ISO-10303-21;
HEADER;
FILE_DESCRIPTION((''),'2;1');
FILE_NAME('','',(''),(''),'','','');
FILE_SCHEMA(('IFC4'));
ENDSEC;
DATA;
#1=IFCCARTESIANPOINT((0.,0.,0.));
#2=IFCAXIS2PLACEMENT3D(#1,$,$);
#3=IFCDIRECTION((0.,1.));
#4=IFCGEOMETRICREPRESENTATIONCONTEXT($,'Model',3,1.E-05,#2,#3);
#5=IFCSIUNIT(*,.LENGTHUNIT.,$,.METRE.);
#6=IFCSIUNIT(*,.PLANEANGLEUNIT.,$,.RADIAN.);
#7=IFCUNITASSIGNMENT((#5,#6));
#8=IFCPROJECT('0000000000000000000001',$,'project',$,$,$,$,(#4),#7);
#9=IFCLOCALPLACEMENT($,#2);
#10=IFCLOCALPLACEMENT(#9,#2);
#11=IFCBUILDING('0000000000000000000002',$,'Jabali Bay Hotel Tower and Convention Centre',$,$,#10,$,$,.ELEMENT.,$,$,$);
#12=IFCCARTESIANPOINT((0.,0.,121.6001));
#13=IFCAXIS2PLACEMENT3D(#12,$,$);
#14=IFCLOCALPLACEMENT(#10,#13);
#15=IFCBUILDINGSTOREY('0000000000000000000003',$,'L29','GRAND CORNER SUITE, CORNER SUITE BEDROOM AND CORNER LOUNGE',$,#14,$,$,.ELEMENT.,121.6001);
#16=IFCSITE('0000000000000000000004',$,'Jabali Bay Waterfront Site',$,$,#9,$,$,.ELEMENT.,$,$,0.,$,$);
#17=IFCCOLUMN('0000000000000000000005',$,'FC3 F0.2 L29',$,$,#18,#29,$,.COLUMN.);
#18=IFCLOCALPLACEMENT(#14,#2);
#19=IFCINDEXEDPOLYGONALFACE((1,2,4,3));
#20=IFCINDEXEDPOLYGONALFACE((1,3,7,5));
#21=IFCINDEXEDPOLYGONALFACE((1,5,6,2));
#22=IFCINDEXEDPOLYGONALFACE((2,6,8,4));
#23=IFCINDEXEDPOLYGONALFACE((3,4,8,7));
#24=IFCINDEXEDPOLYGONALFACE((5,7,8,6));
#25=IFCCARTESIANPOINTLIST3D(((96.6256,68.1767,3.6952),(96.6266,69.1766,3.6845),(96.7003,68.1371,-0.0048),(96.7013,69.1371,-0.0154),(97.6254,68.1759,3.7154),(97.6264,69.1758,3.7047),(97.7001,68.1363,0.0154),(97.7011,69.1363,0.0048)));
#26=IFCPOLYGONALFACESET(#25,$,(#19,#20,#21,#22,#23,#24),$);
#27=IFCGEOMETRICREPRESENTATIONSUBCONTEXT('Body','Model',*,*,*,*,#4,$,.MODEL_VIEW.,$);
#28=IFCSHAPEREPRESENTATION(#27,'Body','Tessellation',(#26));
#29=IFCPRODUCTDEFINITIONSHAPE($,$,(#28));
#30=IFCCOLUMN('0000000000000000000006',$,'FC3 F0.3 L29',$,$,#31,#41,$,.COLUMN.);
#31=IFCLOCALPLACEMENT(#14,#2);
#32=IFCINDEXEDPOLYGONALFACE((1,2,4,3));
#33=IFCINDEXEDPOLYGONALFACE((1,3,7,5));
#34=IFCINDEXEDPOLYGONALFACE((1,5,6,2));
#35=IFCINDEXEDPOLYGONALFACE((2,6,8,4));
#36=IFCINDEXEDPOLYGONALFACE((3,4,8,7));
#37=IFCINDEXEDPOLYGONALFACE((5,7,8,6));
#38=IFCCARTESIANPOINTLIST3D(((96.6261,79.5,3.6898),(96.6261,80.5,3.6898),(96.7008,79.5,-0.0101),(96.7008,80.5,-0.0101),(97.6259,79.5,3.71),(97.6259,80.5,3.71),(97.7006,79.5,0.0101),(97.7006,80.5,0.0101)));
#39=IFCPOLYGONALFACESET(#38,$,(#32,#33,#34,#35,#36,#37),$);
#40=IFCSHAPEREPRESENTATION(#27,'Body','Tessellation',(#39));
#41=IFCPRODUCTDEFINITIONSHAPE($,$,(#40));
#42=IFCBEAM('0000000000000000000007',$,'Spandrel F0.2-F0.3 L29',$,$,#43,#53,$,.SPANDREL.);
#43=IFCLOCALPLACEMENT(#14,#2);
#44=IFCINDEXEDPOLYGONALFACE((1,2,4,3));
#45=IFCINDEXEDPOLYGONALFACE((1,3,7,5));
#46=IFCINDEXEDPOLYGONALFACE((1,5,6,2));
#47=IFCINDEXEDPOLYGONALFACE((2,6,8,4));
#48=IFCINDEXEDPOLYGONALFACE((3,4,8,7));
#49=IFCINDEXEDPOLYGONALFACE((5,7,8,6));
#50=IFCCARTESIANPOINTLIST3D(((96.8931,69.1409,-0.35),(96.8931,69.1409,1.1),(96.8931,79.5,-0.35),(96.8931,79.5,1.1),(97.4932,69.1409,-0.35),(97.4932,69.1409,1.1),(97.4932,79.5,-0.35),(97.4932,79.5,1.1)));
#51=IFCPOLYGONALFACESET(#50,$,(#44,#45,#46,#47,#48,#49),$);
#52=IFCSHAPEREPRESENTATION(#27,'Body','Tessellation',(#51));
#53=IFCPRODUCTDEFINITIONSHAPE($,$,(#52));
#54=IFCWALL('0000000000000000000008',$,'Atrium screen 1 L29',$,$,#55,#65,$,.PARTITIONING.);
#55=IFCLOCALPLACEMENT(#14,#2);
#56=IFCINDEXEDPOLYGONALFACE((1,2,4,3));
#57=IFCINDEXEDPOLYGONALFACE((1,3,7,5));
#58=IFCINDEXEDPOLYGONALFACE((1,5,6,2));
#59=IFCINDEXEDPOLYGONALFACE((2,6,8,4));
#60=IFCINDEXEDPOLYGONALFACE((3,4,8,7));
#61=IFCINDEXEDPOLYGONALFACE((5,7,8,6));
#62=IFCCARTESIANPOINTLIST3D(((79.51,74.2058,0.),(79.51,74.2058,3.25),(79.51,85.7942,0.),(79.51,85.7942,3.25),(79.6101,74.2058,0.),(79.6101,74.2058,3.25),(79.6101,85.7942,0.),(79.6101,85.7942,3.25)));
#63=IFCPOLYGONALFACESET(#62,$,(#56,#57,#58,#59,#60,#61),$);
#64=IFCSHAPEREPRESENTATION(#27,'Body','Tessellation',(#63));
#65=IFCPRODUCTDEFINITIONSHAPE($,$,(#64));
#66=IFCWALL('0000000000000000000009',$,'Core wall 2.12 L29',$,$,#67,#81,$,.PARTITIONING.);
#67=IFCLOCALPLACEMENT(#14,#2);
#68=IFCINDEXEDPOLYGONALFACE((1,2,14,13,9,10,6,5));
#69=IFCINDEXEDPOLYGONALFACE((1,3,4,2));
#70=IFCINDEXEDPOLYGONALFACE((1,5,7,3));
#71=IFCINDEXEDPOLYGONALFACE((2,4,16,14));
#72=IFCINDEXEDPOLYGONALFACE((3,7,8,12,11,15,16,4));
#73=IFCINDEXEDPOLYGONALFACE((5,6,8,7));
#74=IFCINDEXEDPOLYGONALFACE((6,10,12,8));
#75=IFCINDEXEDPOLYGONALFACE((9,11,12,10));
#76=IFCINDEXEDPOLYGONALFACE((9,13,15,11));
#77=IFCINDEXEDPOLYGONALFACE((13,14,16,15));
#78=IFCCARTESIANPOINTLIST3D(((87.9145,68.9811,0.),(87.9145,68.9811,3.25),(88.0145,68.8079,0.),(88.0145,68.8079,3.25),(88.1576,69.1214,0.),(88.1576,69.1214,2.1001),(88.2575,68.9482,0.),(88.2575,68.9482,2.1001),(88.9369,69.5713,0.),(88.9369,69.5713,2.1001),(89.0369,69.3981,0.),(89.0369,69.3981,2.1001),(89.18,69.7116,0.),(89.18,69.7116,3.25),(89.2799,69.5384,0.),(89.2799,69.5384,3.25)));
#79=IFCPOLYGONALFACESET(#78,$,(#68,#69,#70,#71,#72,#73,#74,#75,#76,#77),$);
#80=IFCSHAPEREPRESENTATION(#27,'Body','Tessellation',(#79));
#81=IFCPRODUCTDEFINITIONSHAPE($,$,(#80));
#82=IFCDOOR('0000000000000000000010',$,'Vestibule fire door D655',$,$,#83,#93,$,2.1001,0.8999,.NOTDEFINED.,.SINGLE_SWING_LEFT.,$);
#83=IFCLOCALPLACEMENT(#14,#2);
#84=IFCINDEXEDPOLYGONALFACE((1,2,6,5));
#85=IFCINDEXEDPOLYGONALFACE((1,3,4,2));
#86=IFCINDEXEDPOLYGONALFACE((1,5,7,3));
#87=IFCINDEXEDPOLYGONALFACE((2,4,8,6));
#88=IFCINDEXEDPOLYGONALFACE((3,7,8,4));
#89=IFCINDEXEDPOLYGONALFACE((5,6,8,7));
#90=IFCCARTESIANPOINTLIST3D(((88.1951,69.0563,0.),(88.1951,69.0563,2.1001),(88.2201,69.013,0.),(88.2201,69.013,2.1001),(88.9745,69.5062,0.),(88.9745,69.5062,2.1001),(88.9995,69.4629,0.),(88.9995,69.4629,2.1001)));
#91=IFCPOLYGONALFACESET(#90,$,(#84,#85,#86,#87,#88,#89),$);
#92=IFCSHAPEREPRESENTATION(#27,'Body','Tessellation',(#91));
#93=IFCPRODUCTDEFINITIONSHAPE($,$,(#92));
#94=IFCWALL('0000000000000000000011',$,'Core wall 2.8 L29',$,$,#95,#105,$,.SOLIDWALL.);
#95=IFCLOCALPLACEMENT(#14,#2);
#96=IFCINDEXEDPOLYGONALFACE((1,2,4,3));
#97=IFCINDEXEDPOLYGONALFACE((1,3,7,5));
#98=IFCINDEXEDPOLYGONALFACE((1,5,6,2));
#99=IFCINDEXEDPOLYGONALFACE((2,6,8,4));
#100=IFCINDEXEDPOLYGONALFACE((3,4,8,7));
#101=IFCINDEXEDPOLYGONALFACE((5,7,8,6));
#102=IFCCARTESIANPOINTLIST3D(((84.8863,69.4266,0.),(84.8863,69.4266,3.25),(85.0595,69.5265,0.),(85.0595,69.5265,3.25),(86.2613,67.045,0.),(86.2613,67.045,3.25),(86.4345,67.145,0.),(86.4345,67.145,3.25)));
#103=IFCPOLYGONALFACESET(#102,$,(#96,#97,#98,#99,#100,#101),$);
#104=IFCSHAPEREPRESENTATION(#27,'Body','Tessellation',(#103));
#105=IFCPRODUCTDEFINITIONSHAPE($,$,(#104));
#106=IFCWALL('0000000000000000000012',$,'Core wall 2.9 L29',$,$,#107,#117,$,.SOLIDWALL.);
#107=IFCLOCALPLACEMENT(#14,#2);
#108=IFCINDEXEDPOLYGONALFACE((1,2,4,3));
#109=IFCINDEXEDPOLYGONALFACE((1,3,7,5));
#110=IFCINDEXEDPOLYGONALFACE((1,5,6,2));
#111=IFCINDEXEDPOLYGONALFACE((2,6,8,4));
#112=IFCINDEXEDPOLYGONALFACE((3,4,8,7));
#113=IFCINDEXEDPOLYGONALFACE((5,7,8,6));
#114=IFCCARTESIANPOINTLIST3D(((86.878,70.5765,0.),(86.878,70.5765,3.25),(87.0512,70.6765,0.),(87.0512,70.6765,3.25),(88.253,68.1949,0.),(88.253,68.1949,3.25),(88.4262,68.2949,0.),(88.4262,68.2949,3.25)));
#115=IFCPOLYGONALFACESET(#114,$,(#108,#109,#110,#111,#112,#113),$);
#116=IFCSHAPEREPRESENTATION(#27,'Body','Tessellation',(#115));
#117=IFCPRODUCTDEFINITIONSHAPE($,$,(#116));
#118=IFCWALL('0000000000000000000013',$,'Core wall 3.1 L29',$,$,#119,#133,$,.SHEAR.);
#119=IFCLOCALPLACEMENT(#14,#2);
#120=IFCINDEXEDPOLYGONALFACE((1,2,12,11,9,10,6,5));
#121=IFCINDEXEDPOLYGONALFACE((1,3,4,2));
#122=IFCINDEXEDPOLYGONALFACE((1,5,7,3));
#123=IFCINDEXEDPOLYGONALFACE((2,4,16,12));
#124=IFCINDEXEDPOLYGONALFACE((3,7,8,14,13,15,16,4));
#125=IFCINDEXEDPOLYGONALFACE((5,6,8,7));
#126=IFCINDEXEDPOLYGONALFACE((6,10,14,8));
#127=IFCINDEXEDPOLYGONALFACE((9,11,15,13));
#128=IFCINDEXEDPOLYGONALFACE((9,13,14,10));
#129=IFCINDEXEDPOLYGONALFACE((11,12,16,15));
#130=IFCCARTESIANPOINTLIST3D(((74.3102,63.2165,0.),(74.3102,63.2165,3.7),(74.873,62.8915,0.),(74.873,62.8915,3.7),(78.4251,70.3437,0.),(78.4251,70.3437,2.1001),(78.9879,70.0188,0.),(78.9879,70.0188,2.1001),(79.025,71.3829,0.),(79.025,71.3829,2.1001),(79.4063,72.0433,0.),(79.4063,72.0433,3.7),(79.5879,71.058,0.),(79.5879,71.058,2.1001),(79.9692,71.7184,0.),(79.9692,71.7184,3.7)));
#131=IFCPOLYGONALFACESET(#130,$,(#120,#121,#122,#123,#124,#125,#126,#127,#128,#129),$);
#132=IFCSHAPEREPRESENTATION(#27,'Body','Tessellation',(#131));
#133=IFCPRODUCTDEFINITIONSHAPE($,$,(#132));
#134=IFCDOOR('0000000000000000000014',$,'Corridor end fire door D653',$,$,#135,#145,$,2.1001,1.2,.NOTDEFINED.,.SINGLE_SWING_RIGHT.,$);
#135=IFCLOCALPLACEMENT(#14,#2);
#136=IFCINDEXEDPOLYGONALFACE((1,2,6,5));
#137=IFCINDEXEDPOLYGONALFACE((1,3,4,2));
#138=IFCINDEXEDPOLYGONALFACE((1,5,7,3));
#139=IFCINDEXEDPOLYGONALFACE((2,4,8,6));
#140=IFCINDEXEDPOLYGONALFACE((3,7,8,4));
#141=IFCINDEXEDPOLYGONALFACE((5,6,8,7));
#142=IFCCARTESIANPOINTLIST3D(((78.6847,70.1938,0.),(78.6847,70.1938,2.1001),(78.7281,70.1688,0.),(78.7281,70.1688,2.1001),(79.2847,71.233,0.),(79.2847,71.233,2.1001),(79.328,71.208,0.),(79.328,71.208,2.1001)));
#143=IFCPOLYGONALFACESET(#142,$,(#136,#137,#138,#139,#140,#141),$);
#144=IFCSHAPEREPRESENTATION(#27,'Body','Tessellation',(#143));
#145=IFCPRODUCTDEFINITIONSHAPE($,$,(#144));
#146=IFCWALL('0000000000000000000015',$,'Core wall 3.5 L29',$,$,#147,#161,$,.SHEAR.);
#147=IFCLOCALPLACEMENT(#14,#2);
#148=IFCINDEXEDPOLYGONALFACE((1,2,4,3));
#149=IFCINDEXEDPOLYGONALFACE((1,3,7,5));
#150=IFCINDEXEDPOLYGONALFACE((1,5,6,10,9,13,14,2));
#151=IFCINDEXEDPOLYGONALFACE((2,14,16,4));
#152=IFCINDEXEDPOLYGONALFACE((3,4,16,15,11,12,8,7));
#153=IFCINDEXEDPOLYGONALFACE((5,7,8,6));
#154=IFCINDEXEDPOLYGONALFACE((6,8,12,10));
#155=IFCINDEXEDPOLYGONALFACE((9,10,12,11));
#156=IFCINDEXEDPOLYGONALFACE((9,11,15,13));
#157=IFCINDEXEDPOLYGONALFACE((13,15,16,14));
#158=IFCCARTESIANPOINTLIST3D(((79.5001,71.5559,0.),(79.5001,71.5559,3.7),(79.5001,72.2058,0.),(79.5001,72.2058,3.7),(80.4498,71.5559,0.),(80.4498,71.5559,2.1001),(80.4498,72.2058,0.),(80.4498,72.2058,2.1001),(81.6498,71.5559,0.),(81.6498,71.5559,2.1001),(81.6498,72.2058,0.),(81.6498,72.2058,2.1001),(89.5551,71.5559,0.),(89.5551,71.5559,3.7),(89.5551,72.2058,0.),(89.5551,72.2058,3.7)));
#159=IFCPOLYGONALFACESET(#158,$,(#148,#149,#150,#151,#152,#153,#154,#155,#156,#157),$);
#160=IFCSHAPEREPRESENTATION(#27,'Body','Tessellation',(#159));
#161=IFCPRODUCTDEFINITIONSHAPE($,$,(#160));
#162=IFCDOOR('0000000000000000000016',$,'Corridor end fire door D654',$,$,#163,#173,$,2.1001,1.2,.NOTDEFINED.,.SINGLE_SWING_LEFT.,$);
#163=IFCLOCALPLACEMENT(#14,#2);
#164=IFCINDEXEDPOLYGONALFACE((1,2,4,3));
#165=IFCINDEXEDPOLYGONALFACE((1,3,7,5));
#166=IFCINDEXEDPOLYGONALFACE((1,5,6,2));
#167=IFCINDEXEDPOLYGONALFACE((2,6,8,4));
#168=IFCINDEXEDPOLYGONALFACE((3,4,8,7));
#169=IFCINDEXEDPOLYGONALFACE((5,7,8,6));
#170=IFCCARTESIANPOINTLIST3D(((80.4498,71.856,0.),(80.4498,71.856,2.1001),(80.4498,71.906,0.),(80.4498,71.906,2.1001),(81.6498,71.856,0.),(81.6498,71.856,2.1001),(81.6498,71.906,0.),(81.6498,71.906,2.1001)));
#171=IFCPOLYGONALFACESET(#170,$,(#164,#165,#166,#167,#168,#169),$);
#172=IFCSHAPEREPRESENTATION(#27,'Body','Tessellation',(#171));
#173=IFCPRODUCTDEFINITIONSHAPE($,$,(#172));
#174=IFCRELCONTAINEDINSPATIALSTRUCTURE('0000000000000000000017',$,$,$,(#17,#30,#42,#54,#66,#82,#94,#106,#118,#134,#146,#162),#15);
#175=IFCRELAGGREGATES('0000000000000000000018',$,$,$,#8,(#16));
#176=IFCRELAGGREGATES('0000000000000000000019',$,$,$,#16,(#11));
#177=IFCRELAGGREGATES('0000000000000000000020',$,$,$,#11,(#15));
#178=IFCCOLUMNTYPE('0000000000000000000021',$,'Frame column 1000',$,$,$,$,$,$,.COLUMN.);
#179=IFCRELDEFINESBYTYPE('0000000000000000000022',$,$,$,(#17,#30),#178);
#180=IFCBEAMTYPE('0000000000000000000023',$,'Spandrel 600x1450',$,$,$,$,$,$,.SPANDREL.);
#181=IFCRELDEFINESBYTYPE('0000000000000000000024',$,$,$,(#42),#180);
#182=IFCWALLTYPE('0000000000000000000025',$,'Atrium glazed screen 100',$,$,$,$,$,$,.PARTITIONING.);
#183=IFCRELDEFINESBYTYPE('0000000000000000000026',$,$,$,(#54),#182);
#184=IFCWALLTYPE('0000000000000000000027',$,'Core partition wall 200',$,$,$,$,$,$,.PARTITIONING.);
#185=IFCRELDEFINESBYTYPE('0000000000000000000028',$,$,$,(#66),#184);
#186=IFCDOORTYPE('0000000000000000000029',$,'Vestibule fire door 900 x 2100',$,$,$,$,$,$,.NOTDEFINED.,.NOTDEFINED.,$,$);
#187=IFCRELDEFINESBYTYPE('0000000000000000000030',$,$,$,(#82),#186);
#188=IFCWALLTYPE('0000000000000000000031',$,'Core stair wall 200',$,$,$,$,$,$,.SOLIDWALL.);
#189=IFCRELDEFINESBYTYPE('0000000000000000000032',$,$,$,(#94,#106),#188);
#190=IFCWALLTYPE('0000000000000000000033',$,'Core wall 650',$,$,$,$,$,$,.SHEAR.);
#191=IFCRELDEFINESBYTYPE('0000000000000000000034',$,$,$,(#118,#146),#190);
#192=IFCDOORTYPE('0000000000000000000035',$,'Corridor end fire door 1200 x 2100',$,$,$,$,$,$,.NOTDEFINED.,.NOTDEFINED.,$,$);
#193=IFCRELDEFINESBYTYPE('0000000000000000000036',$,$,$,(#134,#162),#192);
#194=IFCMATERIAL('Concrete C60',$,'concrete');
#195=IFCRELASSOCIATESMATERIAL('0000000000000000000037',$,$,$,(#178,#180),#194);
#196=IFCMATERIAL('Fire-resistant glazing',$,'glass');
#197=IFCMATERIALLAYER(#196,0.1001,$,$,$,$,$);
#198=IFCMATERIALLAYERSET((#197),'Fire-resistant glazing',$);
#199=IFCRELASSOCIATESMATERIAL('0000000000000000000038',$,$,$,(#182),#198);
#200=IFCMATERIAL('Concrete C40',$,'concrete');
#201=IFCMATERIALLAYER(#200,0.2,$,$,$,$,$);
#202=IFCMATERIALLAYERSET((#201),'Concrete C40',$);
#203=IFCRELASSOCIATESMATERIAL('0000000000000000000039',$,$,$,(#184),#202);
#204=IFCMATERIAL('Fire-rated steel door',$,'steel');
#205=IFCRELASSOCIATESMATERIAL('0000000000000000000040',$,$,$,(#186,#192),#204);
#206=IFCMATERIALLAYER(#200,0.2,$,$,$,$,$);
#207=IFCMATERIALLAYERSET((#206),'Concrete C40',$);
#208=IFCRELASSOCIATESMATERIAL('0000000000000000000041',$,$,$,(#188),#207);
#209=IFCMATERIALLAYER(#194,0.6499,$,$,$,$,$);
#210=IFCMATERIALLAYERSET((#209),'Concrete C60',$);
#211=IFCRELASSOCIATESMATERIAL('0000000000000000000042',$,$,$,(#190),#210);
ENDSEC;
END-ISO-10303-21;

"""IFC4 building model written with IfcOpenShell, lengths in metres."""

from ifc_helpers import new_model, si_unit, direction, frame, frame_2d, origin, origin_2d, place, context, subcontext, project, spatial, rectangle, extrude, material, layer, layer_set, material_profile, profile_set, type_object, element, fill, save


model = new_model("IFC4")

# Units and contexts
model_context = context("Model", 3, precision=1e-05, world=origin(), true_north=direction((0.0, 1.0)))
body_context = subcontext(model_context, "Body", "Model", "MODEL_VIEW")
ifc_project = project(units=[si_unit("LENGTHUNIT", "METRE"), si_unit("PLANEANGLEUNIT", "RADIAN")], contexts=[model_context])

# Site, building, storey
site_placement = place(None, origin())
site = spatial("IfcSite", under=ifc_project, at=site_placement, Name="Jabali Bay Waterfront Site", CompositionType="ELEMENT", RefElevation=0.0)
building_placement = place(site_placement, origin())
building = spatial("IfcBuilding", under=site, at=building_placement, Name="Jabali Bay Hotel Tower and Convention Centre", CompositionType="ELEMENT")
storey_placement = place(building_placement, frame((0.0, 0.0, 121.6001)))
storey = spatial("IfcBuildingStorey", under=building, at=storey_placement, Name="L29", Description="GRAND CORNER SUITE, CORNER SUITE BEDROOM AND CORNER LOUNGE", CompositionType="ELEMENT", Elevation=121.6001)

# Columns
ifc_material_1 = material(Name="Concrete C60", Category="concrete")
ifc_material_profile_1 = material_profile(ifc_material_1, rectangle(XDim=1.0, YDim=1.0, at=origin_2d()), Name="Frame column 1000")
ifc_profile_set_1 = profile_set([ifc_material_profile_1], Name="Concrete C60")
column_type = type_object("IfcColumnType", Name="Frame column 1000", PredefinedType="COLUMN", material=ifc_profile_set_1)
column_1_placement = place(storey_placement, frame((97.2007, 68.6367, 0.0), z_axis=(-0.020186, 0.010687, 0.999739), x_axis=(-0.001013, -0.999943, 0.010668)))
element("IfcColumn", 1, at=column_1_placement, inside=storey, type_object=column_type, Name="FC3 F0.2 L29", PredefinedType="COLUMN", context=body_context, shape_type="SweptSolid", body=[
    extrude(rectangle(XDim=1.0, YDim=1.0, at=origin_2d()), origin(), (0.0, 0.0, 1.0), 3.7009),
])
column_2_placement = place(storey_placement, frame((97.2007, 80.0, 0.0), z_axis=(-0.020187, 0.0, 0.999796), x_axis=(0.0, -1.0, 0.0)))
element("IfcColumn", 2, at=column_2_placement, inside=storey, type_object=column_type, Name="FC3 F0.3 L29", PredefinedType="COLUMN", context=body_context, shape_type="SweptSolid", body=[
    extrude(rectangle(XDim=1.0, YDim=1.0, at=origin_2d()), origin(), (0.0, 0.0, 1.0), 3.7007),
])

# Beam
ifc_material_profile_2 = material_profile(ifc_material_1, rectangle(XDim=0.6001, YDim=1.45, at=origin_2d()), Name="Spandrel 600x1450")
ifc_profile_set_2 = profile_set([ifc_material_profile_2], Name="Concrete C60")
beam_type = type_object("IfcBeamType", Name="Spandrel 600x1450", PredefinedType="SPANDREL", material=ifc_profile_set_2)
beam_placement = place(storey_placement, frame((97.1931, 69.1409, 0.375), z_axis=(0.0, 1.0, 0.0), x_axis=(-1.0, 0.0, 0.0)))
element("IfcBeam", 3, at=beam_placement, inside=storey, type_object=beam_type, Name="Spandrel F0.2-F0.3 L29", PredefinedType="SPANDREL", context=body_context, shape_type="SweptSolid", body=[
    extrude(rectangle(XDim=0.6001, YDim=1.45, at=origin_2d()), origin(), (0.0, 0.0, 1.0), 10.3591),
])

# Wall
ifc_material_2 = material(Name="Fire-resistant glazing", Category="glass")
ifc_layer_1 = layer(ifc_material_2, 0.1001)
ifc_layer_set_1 = layer_set([ifc_layer_1], Name="Fire-resistant glazing")
wall_type_1 = type_object("IfcWallType", Name="Atrium glazed screen 100", PredefinedType="PARTITIONING", material=ifc_layer_set_1)
wall_1_placement = place(storey_placement, frame((79.5601, 74.2058, 0.0), z_axis=(0.0, 0.0, 1.0), x_axis=(0.0, 1.0, 0.0)))
element("IfcWall", 4, at=wall_1_placement, inside=storey, type_object=wall_type_1, Name="Atrium screen 1 L29", PredefinedType="PARTITIONING", context=body_context, shape_type="SweptSolid", body=[
    extrude(rectangle(XDim=11.5884, YDim=0.1001, at=frame_2d((5.7942, 0.0))), origin(), (0.0, 0.0, 1.0), 3.25),
])

# Wall, opening, door
ifc_material_3 = material(Name="Concrete C40", Category="concrete")
ifc_layer_2 = layer(ifc_material_3, 0.2)
ifc_layer_set_2 = layer_set([ifc_layer_2], Name="Concrete C40")
wall_type_2 = type_object("IfcWallType", Name="Core partition wall 200", PredefinedType="PARTITIONING", material=ifc_layer_set_2)
wall_2_placement = place(storey_placement, frame((87.9646, 68.8945, 0.0), z_axis=(0.0, 0.0, 1.0), x_axis=(0.866055, 0.499949, 0.0)))
wall_2 = element("IfcWall", 5, at=wall_2_placement, inside=storey, type_object=wall_type_2, Name="Core wall 2.12 L29", PredefinedType="PARTITIONING", context=body_context, shape_type="SweptSolid", body=[
    extrude(rectangle(XDim=1.4612, YDim=0.2, at=frame_2d((0.7305, 0.0))), origin(), (0.0, 0.0, 1.0), 3.25),
])
opening_1_placement = place(wall_2_placement, frame((0.2805, 0.0, 0.0)))
opening_1 = element("IfcOpeningElement", 6, at=opening_1_placement, cuts=wall_2, PredefinedType="OPENING", context=body_context, shape_type="SweptSolid", body=[
    extrude(rectangle(XDim=0.8999, YDim=2.1001, at=frame_2d((0.45, 1.05))), frame((0.0, 0.1104, 0.0), z_axis=(0.0, -1.0, 0.0), x_axis=(1.0, 0.0, 0.0)), (0.0, 0.0, 1.0), 0.2209),
])
ifc_material_4 = material(Name="Fire-rated steel door", Category="steel")
door_type_1 = type_object("IfcDoorType", Name="Vestibule fire door 900 x 2100", OperationType="NOTDEFINED", PredefinedType="NOTDEFINED", material=ifc_material_4)
door_1_placement = place(opening_1_placement, origin())
door_1 = element("IfcDoor", 7, at=door_1_placement, inside=storey, type_object=door_type_1, Name="Vestibule fire door D655", OperationType="SINGLE_SWING_LEFT", OverallHeight=2.1001, OverallWidth=0.8999, PredefinedType="NOTDEFINED", context=body_context, shape_type="SweptSolid", body=[
    extrude(rectangle(XDim=0.8999, YDim=2.1001, at=frame_2d((0.45, 1.05))), frame((0.0, 0.0249, 0.0), z_axis=(0.0, -1.0, 0.0), x_axis=(1.0, 0.0, 0.0)), (0.0, 0.0, 1.0), 0.05),
])
fill(opening_1, door_1)

# Walls
ifc_layer_3 = layer(ifc_material_3, 0.2)
ifc_layer_set_3 = layer_set([ifc_layer_3], Name="Concrete C40")
wall_type_3 = type_object("IfcWallType", Name="Core stair wall 200", PredefinedType="SOLIDWALL", material=ifc_layer_set_3)
for number, where, z_axis, x_axis, name in (
    (8, (84.9729, 69.4766, 0.0), (0.0, 0.0, 1.0), (0.499997, -0.866027, 0.0), "Core wall 2.8 L29"),
    (9, (86.9646, 70.6265, 0.0), (0.0, 0.0, 1.0), (0.499997, -0.866027, 0.0), "Core wall 2.9 L29"),
):
    element("IfcWall", number, at=place(storey_placement, frame(where, z_axis=z_axis, x_axis=x_axis)), inside=storey, type_object=wall_type_3, Name=name, PredefinedType="SOLIDWALL", context=body_context, shape_type="SweptSolid", body=[
        extrude(rectangle(XDim=2.75, YDim=0.2, at=frame_2d((1.375, 0.0))), origin(), (0.0, 0.0, 1.0), 3.25),
    ])

# Walls, openings, doors
ifc_layer_4 = layer(ifc_material_1, 0.6499)
ifc_layer_set_4 = layer_set([ifc_layer_4], Name="Concrete C60")
wall_type_4 = type_object("IfcWallType", Name="Core wall 650", PredefinedType="SHEAR", material=ifc_layer_set_4)
wall_3_placement = place(storey_placement, frame((79.6877, 71.8809, 0.0), z_axis=(0.0, 0.0, 1.0), x_axis=(-0.499998, -0.866026, 0.0)))
wall_3 = element("IfcWall", 10, at=wall_3_placement, inside=storey, type_object=wall_type_4, Name="Core wall 3.1 L29", PredefinedType="SHEAR", context=body_context, shape_type="SweptSolid", body=[
    extrude(rectangle(XDim=10.1924, YDim=0.6499, at=frame_2d((5.0962, 0.0))), origin(), (0.0, 0.0, 1.0), 3.7),
])
opening_2_placement = place(wall_3_placement, frame((0.7625, 0.0, 0.0)))
opening_2 = element("IfcOpeningElement", 11, at=opening_2_placement, cuts=wall_3, PredefinedType="OPENING", context=body_context, shape_type="SweptSolid", body=[
    extrude(rectangle(XDim=1.2, YDim=2.1001, at=frame_2d((0.6001, 1.05))), frame((0.0, 0.3354, 0.0), z_axis=(0.0, -1.0, 0.0), x_axis=(1.0, 0.0, 0.0)), (0.0, 0.0, 1.0), 0.6709),
])
door_type_2 = type_object("IfcDoorType", Name="Corridor end fire door 1200 x 2100", OperationType="NOTDEFINED", PredefinedType="NOTDEFINED", material=ifc_material_4)
door_2_placement = place(opening_2_placement, origin())
door_2 = element("IfcDoor", 12, at=door_2_placement, inside=storey, type_object=door_type_2, Name="Corridor end fire door D653", OperationType="SINGLE_SWING_RIGHT", OverallHeight=2.1001, OverallWidth=1.2, PredefinedType="NOTDEFINED", context=body_context, shape_type="SweptSolid", body=[
    extrude(rectangle(XDim=1.2, YDim=2.1001, at=frame_2d((0.6001, 1.05))), frame((0.0, 0.0249, 0.0), z_axis=(0.0, -1.0, 0.0), x_axis=(1.0, 0.0, 0.0)), (0.0, 0.0, 1.0), 0.05),
])
fill(opening_2, door_2)
wall_4_placement = place(storey_placement, frame((89.5549, 71.8809, 0.0), z_axis=(0.0, 0.0, 1.0), x_axis=(-1.0, 0.0, 0.0)))
wall_4 = element("IfcWall", 13, at=wall_4_placement, inside=storey, type_object=wall_type_4, Name="Core wall 3.5 L29", PredefinedType="SHEAR", context=body_context, shape_type="SweptSolid", body=[
    extrude(rectangle(XDim=10.0549, YDim=0.6499, at=frame_2d((5.0273, 0.0))), origin(), (0.0, 0.0, 1.0), 3.7),
])
opening_3_placement = place(wall_4_placement, frame((7.905, 0.0, 0.0)))
opening_3 = element("IfcOpeningElement", 14, at=opening_3_placement, cuts=wall_4, PredefinedType="OPENING", context=body_context, shape_type="SweptSolid", body=[
    extrude(rectangle(XDim=1.2, YDim=2.1001, at=frame_2d((0.6001, 1.05))), frame((0.0, 0.3354, 0.0), z_axis=(0.0, -1.0, 0.0), x_axis=(1.0, 0.0, 0.0)), (0.0, 0.0, 1.0), 0.6709),
])
door_3_placement = place(opening_3_placement, origin())
door_3 = element("IfcDoor", 15, at=door_3_placement, inside=storey, type_object=door_type_2, Name="Corridor end fire door D654", OperationType="SINGLE_SWING_LEFT", OverallHeight=2.1001, OverallWidth=1.2, PredefinedType="NOTDEFINED", context=body_context, shape_type="SweptSolid", body=[
    extrude(rectangle(XDim=1.2, YDim=2.1001, at=frame_2d((0.6001, 1.05))), frame((0.0, 0.0249, 0.0), z_axis=(0.0, -1.0, 0.0), x_axis=(1.0, 0.0, 0.0)), (0.0, 0.0, 1.0), 0.05),
])
fill(opening_3, door_3)

save(model, "model.ifc")
